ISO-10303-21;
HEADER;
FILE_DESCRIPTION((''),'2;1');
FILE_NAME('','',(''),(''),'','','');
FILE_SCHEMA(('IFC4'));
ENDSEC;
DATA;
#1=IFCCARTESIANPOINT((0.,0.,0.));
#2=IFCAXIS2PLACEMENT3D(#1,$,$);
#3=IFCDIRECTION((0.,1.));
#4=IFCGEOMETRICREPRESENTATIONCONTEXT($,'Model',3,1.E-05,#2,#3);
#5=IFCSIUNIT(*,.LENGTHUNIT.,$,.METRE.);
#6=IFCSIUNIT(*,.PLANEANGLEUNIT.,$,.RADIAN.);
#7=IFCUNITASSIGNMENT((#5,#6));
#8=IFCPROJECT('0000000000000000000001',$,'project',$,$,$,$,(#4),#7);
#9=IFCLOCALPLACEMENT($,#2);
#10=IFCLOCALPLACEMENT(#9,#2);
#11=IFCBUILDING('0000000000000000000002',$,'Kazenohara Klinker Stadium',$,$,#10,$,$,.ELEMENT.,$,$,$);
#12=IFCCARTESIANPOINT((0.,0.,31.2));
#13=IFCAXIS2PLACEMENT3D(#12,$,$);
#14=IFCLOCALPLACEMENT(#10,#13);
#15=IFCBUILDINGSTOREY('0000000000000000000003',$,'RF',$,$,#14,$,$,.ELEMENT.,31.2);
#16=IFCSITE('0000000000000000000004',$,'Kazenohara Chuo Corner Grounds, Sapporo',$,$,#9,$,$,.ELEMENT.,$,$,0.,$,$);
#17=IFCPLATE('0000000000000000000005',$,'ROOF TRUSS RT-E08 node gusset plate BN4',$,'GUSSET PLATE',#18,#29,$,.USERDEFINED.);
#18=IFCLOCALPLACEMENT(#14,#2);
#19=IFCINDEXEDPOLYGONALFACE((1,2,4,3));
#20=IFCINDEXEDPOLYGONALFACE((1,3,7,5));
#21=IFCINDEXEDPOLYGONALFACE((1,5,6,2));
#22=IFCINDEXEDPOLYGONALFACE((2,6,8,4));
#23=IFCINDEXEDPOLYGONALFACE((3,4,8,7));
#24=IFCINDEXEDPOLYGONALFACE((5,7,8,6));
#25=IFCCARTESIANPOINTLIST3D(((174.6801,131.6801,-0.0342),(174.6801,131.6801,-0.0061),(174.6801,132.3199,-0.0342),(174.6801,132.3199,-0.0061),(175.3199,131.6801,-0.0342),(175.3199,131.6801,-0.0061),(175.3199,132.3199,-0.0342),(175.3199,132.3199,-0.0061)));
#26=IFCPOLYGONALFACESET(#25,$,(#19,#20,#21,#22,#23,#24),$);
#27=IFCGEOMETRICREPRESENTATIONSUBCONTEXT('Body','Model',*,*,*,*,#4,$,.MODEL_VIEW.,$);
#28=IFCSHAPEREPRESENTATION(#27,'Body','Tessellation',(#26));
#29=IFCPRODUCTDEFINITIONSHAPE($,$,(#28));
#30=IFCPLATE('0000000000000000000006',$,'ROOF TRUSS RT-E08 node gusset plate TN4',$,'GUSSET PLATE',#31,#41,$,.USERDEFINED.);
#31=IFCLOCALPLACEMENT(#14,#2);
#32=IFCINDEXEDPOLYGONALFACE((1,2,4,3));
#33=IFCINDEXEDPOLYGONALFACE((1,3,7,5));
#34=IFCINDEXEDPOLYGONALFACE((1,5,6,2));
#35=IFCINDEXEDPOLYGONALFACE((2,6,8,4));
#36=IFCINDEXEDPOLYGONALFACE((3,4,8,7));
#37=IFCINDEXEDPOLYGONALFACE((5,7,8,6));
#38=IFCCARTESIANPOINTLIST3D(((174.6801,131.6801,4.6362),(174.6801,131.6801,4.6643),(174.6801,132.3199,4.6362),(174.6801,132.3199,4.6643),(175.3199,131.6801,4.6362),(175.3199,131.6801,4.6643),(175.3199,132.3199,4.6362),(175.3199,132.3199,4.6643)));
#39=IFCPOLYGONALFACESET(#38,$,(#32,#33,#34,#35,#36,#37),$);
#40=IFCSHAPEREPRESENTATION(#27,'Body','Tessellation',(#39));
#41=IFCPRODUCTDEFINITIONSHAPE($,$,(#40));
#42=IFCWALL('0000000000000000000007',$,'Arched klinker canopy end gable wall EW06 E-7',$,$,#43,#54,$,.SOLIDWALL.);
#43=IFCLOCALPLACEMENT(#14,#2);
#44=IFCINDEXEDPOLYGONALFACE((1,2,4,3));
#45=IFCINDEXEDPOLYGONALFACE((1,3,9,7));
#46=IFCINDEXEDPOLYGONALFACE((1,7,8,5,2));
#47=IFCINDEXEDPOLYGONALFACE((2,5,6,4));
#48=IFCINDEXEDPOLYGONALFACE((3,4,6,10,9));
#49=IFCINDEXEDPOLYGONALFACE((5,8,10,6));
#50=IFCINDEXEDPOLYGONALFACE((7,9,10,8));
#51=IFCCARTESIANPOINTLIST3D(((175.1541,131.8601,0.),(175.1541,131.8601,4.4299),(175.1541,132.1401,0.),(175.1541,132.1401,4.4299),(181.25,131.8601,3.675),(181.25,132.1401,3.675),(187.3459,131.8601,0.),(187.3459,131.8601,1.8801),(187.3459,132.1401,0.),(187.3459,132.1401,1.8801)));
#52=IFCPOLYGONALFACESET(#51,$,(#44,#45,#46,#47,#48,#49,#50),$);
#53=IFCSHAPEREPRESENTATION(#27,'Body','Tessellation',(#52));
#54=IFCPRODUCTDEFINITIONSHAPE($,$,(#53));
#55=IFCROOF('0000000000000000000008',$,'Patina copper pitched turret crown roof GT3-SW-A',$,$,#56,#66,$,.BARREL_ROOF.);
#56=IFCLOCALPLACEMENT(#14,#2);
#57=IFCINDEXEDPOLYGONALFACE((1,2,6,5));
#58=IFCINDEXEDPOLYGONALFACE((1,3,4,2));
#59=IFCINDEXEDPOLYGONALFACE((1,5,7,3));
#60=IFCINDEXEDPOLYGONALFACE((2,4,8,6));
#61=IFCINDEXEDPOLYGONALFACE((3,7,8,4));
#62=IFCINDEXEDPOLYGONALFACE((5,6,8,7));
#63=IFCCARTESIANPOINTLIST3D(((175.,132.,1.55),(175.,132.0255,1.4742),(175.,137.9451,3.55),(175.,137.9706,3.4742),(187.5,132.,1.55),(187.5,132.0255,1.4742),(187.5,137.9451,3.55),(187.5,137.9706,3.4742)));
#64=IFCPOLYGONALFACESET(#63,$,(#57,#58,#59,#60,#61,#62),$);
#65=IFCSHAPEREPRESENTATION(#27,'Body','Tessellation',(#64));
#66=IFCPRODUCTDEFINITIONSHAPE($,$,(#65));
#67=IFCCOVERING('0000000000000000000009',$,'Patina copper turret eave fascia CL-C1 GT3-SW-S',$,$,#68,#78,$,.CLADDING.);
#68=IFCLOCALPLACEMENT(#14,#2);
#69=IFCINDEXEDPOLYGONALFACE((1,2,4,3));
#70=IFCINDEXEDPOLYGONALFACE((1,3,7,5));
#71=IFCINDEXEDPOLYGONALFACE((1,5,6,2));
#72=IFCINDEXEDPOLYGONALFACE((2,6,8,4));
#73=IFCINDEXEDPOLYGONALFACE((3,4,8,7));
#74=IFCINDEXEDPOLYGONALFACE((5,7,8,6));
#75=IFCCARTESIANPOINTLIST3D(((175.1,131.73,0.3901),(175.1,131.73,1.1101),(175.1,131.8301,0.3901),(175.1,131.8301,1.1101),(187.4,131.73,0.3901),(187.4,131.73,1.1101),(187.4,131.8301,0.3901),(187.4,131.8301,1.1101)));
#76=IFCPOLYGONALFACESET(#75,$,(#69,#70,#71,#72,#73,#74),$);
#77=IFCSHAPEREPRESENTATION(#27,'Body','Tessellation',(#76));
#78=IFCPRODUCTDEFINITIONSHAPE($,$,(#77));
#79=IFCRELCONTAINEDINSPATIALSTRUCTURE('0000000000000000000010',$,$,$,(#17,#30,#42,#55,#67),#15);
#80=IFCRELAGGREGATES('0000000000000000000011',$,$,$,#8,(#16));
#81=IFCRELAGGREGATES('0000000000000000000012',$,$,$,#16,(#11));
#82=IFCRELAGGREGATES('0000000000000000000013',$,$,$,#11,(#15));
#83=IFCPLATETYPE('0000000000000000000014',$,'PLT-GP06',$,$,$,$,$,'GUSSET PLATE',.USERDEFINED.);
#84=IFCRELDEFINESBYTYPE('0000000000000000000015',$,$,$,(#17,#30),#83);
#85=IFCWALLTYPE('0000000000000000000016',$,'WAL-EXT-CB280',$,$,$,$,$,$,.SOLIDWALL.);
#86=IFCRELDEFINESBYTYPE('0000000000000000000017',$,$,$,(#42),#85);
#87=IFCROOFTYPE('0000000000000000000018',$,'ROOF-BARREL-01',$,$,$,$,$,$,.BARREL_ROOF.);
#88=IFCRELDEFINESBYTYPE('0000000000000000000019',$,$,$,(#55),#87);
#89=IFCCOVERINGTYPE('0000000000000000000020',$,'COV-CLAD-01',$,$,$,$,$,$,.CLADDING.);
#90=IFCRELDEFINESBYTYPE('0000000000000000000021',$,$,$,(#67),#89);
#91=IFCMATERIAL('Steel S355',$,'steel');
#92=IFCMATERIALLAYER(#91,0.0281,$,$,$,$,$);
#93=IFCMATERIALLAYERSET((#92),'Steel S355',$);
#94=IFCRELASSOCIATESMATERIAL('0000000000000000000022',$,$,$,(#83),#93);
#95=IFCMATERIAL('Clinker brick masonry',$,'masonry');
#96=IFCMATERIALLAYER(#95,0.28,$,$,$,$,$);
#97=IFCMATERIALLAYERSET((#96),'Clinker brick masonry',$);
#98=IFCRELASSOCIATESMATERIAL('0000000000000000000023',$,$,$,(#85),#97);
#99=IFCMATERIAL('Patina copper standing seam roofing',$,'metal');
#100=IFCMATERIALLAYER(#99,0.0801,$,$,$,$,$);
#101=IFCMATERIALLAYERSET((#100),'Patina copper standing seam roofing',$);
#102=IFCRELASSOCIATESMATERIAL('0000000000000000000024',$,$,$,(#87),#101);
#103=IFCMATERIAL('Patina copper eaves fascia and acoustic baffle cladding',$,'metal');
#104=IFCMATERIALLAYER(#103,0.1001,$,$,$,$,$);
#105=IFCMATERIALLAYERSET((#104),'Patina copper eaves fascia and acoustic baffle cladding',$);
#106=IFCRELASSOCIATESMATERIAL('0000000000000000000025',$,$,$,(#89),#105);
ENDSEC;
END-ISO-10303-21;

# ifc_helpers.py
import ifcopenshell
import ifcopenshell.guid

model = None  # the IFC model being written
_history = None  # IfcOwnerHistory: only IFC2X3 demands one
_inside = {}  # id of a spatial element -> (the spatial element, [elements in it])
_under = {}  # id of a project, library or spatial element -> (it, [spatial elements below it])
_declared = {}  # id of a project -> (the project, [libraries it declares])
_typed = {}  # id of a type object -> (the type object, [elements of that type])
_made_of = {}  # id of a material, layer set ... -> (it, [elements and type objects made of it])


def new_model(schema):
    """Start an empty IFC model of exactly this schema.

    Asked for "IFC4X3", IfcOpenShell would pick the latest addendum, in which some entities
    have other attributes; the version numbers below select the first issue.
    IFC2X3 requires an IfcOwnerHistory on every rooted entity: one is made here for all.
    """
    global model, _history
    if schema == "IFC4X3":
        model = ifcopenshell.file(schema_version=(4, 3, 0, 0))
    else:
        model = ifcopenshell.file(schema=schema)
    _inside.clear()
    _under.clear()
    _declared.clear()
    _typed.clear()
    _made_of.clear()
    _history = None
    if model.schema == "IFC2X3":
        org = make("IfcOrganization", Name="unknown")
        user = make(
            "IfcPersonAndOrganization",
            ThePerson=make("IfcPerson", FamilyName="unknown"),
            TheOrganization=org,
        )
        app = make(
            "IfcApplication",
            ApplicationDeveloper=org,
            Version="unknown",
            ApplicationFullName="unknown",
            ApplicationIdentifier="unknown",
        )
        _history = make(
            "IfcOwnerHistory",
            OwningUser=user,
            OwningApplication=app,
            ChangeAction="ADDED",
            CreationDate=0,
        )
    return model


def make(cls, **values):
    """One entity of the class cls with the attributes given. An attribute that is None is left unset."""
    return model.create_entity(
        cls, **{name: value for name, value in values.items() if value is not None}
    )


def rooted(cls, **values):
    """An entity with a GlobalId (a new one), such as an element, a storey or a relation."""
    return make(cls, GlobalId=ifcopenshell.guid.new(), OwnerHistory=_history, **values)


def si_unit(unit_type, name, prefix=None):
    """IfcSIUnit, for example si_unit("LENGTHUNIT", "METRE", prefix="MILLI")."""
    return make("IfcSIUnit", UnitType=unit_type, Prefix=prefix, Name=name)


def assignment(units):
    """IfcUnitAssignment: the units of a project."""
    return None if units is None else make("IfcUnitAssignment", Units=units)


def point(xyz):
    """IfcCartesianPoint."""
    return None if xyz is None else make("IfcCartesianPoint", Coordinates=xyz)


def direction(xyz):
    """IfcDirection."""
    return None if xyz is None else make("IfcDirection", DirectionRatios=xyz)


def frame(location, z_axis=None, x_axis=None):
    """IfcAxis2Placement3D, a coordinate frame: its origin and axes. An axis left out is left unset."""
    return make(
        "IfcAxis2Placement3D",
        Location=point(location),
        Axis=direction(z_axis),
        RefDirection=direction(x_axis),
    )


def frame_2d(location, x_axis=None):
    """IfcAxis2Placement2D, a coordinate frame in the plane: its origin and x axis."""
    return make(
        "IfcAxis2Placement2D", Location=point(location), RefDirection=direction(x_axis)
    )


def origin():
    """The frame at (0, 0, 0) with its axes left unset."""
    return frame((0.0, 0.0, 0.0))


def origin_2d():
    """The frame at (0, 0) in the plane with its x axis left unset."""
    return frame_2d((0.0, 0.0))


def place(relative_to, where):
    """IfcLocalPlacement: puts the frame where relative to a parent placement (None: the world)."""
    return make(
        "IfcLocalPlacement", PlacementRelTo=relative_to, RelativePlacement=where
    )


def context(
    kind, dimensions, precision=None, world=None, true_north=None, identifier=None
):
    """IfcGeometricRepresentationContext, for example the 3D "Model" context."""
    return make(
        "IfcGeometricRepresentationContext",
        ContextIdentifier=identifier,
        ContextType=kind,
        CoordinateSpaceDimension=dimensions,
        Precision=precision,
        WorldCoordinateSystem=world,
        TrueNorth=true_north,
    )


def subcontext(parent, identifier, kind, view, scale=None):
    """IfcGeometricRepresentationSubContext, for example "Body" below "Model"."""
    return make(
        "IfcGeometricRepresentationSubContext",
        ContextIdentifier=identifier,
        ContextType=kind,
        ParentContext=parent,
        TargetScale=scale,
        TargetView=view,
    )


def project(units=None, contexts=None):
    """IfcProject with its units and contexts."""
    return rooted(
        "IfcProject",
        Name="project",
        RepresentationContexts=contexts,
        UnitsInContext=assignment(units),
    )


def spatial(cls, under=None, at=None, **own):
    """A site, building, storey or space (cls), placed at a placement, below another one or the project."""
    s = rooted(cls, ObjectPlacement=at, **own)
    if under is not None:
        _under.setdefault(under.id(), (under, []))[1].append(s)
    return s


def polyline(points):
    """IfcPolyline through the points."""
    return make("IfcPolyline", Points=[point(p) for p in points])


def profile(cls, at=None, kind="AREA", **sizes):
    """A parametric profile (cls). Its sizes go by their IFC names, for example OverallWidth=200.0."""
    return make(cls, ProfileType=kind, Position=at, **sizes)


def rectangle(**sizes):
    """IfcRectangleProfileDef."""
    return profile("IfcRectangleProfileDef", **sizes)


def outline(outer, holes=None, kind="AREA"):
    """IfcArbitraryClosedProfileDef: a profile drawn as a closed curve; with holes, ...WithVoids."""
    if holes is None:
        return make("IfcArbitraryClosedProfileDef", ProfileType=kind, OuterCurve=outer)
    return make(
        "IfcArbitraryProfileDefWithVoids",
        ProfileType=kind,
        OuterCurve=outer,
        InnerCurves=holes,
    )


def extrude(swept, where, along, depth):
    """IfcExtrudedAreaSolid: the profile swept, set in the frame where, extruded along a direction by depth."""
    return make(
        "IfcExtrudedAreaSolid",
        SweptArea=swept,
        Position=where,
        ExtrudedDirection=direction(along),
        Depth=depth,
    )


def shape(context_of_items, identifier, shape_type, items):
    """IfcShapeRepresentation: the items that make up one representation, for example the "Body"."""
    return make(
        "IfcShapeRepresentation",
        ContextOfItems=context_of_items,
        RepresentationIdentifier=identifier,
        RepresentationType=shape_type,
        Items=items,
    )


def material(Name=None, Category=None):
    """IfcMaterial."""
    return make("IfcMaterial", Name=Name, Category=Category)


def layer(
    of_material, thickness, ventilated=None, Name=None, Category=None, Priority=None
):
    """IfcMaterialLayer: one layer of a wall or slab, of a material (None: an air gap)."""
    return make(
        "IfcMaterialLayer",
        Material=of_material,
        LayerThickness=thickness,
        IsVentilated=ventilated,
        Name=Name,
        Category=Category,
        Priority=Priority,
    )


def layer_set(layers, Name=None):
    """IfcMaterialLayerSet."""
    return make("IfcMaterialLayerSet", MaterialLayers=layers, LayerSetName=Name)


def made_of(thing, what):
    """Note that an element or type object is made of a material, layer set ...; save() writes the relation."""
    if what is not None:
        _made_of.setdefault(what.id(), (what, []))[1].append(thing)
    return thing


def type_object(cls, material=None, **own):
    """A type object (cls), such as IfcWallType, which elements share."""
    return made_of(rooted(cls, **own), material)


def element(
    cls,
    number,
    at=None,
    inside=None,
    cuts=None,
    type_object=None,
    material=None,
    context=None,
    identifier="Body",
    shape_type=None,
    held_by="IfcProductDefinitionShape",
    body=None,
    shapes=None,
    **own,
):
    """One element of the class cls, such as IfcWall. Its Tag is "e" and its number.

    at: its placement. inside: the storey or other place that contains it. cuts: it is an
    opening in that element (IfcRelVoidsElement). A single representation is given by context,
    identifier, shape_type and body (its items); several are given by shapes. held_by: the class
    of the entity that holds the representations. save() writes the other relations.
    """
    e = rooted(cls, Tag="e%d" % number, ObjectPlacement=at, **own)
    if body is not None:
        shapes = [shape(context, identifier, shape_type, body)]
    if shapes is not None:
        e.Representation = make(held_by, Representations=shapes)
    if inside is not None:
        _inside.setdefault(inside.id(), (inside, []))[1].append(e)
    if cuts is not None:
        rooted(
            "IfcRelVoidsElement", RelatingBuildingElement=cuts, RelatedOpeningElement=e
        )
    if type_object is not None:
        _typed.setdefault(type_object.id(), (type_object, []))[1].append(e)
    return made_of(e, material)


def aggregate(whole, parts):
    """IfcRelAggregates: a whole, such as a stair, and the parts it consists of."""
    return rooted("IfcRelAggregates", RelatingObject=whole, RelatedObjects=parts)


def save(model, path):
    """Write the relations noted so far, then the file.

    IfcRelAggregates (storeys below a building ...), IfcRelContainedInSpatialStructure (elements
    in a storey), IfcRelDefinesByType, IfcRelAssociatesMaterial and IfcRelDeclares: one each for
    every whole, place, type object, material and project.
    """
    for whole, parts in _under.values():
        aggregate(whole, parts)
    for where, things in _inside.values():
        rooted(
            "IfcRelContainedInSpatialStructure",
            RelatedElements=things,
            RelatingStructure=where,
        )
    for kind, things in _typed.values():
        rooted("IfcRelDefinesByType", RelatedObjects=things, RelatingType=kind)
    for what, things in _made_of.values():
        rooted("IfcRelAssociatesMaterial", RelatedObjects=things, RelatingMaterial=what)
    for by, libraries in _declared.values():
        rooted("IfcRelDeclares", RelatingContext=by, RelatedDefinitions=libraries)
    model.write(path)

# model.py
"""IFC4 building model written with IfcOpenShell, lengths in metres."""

from ifc_helpers import new_model, si_unit, direction, frame, origin, origin_2d, place, context, subcontext, project, spatial, polyline, rectangle, outline, extrude, material, layer, layer_set, type_object, element, save


model = new_model("IFC4")

# Units and contexts
model_context = context("Model", 3, precision=1e-05, world=origin(), true_north=direction((0.0, 1.0)))
body_context = subcontext(model_context, "Body", "Model", "MODEL_VIEW")
ifc_project = project(units=[si_unit("LENGTHUNIT", "METRE"), si_unit("PLANEANGLEUNIT", "RADIAN")], contexts=[model_context])

# Site, building, storey
site_placement = place(None, origin())
site = spatial("IfcSite", under=ifc_project, at=site_placement, Name="Kazenohara Chuo Corner Grounds, Sapporo", CompositionType="ELEMENT", RefElevation=0.0)
building_placement = place(site_placement, origin())
building = spatial("IfcBuilding", under=site, at=building_placement, Name="Kazenohara Klinker Stadium", CompositionType="ELEMENT")
storey_placement = place(building_placement, frame((0.0, 0.0, 31.2)))
storey = spatial("IfcBuildingStorey", under=building, at=storey_placement, Name="RF", CompositionType="ELEMENT", Elevation=31.2)

# Shared definitions
ifc_material_1 = material(Name="Steel S355", Category="steel")

# Plates
ifc_layer_1 = layer(ifc_material_1, 0.0281)
ifc_layer_set_1 = layer_set([ifc_layer_1], Name="Steel S355")
plate_type_1 = type_object("IfcPlateType", Name="PLT-GP06", ElementType="GUSSET PLATE", PredefinedType="USERDEFINED", material=ifc_layer_set_1)
for number, where, z_axis, x_axis, name in (
    (1, (175.0, 132.0, -0.0342), (0.0, 0.0, 1.0), (1.0, 0.0, 0.0), "ROOF TRUSS RT-E08 node gusset plate BN4"),
    (2, (175.0, 132.0, 4.6362), (0.0, 0.0, 1.0), (1.0, 0.0, 0.0), "ROOF TRUSS RT-E08 node gusset plate TN4"),
):
    element("IfcPlate", number, at=place(storey_placement, frame(where, z_axis=z_axis, x_axis=x_axis)), inside=storey, type_object=plate_type_1, Name=name, ObjectType="GUSSET PLATE", PredefinedType="USERDEFINED", context=body_context, shape_type="SweptSolid", body=[
        extrude(rectangle(XDim=0.6399, YDim=0.6399, at=origin_2d()), origin(), (0.0, 0.0, 1.0), 0.0281),
    ])

# Wall
ifc_material_2 = material(Name="Clinker brick masonry", Category="masonry")
ifc_layer_2 = layer(ifc_material_2, 0.28)
ifc_layer_set_2 = layer_set([ifc_layer_2], Name="Clinker brick masonry")
wall_type = type_object("IfcWallType", Name="WAL-EXT-CB280", PredefinedType="SOLIDWALL", material=ifc_layer_set_2)
wall_placement = place(storey_placement, frame((175.1541, 132.0, 0.0), z_axis=(0.0, 0.0, 1.0), x_axis=(1.0, 0.0, 0.0)))
element("IfcWall", 3, at=wall_placement, inside=storey, type_object=wall_type, Name="Arched klinker canopy end gable wall EW06 E-7", PredefinedType="SOLIDWALL", context=body_context, shape_type="SweptSolid", body=[
    extrude(outline(polyline([(0.0, 0.0), (12.1919, 0.0), (12.1919, 1.8801), (6.0959, 3.675), (0.0, 4.4299), (0.0, 0.0)])), frame((0.0, 0.1401, 0.0), z_axis=(0.0, -1.0, 0.0), x_axis=(1.0, 0.0, 0.0)), (0.0, 0.0, 1.0), 0.28),
])

# Roof
ifc_material_3 = material(Name="Patina copper standing seam roofing", Category="metal")
ifc_layer_3 = layer(ifc_material_3, 0.0801)
ifc_layer_set_3 = layer_set([ifc_layer_3], Name="Patina copper standing seam roofing")
roof_type = type_object("IfcRoofType", Name="ROOF-BARREL-01", PredefinedType="BARREL_ROOF", material=ifc_layer_set_3)
roof_placement = place(storey_placement, frame((175.0, 132.0, 1.55), z_axis=(0.0, -0.318854, 0.947804), x_axis=(1.0, 0.0, 0.0)))
element("IfcRoof", 4, at=roof_placement, inside=storey, type_object=roof_type, Name="Patina copper pitched turret crown roof GT3-SW-A", PredefinedType="BARREL_ROOF", context=body_context, shape_type="SweptSolid", body=[
    extrude(outline(polyline([(0.0, 0.0), (12.5, 0.0), (12.5, 6.2725), (0.0, 6.2725), (0.0, 0.0)])), origin(), (0.0, 0.0, -1.0), 0.0801),
])

# Covering
ifc_material_4 = material(Name="Patina copper eaves fascia and acoustic baffle cladding", Category="metal")
ifc_layer_4 = layer(ifc_material_4, 0.1001)
ifc_layer_set_4 = layer_set([ifc_layer_4], Name="Patina copper eaves fascia and acoustic baffle cladding")
covering_type = type_object("IfcCoveringType", Name="COV-CLAD-01", PredefinedType="CLADDING", material=ifc_layer_set_4)
covering_placement = place(storey_placement, frame((181.25, 131.78, 0.3901), z_axis=(0.0, 0.0, 1.0), x_axis=(1.0, 0.0, 0.0)))
element("IfcCovering", 5, at=covering_placement, inside=storey, type_object=covering_type, Name="Patina copper turret eave fascia CL-C1 GT3-SW-S", PredefinedType="CLADDING", context=body_context, shape_type="SweptSolid", body=[
    extrude(rectangle(XDim=12.3, YDim=0.1001, at=origin_2d()), origin(), (0.0, 0.0, 1.0), 0.72),
])

save(model, "model.ifc")
